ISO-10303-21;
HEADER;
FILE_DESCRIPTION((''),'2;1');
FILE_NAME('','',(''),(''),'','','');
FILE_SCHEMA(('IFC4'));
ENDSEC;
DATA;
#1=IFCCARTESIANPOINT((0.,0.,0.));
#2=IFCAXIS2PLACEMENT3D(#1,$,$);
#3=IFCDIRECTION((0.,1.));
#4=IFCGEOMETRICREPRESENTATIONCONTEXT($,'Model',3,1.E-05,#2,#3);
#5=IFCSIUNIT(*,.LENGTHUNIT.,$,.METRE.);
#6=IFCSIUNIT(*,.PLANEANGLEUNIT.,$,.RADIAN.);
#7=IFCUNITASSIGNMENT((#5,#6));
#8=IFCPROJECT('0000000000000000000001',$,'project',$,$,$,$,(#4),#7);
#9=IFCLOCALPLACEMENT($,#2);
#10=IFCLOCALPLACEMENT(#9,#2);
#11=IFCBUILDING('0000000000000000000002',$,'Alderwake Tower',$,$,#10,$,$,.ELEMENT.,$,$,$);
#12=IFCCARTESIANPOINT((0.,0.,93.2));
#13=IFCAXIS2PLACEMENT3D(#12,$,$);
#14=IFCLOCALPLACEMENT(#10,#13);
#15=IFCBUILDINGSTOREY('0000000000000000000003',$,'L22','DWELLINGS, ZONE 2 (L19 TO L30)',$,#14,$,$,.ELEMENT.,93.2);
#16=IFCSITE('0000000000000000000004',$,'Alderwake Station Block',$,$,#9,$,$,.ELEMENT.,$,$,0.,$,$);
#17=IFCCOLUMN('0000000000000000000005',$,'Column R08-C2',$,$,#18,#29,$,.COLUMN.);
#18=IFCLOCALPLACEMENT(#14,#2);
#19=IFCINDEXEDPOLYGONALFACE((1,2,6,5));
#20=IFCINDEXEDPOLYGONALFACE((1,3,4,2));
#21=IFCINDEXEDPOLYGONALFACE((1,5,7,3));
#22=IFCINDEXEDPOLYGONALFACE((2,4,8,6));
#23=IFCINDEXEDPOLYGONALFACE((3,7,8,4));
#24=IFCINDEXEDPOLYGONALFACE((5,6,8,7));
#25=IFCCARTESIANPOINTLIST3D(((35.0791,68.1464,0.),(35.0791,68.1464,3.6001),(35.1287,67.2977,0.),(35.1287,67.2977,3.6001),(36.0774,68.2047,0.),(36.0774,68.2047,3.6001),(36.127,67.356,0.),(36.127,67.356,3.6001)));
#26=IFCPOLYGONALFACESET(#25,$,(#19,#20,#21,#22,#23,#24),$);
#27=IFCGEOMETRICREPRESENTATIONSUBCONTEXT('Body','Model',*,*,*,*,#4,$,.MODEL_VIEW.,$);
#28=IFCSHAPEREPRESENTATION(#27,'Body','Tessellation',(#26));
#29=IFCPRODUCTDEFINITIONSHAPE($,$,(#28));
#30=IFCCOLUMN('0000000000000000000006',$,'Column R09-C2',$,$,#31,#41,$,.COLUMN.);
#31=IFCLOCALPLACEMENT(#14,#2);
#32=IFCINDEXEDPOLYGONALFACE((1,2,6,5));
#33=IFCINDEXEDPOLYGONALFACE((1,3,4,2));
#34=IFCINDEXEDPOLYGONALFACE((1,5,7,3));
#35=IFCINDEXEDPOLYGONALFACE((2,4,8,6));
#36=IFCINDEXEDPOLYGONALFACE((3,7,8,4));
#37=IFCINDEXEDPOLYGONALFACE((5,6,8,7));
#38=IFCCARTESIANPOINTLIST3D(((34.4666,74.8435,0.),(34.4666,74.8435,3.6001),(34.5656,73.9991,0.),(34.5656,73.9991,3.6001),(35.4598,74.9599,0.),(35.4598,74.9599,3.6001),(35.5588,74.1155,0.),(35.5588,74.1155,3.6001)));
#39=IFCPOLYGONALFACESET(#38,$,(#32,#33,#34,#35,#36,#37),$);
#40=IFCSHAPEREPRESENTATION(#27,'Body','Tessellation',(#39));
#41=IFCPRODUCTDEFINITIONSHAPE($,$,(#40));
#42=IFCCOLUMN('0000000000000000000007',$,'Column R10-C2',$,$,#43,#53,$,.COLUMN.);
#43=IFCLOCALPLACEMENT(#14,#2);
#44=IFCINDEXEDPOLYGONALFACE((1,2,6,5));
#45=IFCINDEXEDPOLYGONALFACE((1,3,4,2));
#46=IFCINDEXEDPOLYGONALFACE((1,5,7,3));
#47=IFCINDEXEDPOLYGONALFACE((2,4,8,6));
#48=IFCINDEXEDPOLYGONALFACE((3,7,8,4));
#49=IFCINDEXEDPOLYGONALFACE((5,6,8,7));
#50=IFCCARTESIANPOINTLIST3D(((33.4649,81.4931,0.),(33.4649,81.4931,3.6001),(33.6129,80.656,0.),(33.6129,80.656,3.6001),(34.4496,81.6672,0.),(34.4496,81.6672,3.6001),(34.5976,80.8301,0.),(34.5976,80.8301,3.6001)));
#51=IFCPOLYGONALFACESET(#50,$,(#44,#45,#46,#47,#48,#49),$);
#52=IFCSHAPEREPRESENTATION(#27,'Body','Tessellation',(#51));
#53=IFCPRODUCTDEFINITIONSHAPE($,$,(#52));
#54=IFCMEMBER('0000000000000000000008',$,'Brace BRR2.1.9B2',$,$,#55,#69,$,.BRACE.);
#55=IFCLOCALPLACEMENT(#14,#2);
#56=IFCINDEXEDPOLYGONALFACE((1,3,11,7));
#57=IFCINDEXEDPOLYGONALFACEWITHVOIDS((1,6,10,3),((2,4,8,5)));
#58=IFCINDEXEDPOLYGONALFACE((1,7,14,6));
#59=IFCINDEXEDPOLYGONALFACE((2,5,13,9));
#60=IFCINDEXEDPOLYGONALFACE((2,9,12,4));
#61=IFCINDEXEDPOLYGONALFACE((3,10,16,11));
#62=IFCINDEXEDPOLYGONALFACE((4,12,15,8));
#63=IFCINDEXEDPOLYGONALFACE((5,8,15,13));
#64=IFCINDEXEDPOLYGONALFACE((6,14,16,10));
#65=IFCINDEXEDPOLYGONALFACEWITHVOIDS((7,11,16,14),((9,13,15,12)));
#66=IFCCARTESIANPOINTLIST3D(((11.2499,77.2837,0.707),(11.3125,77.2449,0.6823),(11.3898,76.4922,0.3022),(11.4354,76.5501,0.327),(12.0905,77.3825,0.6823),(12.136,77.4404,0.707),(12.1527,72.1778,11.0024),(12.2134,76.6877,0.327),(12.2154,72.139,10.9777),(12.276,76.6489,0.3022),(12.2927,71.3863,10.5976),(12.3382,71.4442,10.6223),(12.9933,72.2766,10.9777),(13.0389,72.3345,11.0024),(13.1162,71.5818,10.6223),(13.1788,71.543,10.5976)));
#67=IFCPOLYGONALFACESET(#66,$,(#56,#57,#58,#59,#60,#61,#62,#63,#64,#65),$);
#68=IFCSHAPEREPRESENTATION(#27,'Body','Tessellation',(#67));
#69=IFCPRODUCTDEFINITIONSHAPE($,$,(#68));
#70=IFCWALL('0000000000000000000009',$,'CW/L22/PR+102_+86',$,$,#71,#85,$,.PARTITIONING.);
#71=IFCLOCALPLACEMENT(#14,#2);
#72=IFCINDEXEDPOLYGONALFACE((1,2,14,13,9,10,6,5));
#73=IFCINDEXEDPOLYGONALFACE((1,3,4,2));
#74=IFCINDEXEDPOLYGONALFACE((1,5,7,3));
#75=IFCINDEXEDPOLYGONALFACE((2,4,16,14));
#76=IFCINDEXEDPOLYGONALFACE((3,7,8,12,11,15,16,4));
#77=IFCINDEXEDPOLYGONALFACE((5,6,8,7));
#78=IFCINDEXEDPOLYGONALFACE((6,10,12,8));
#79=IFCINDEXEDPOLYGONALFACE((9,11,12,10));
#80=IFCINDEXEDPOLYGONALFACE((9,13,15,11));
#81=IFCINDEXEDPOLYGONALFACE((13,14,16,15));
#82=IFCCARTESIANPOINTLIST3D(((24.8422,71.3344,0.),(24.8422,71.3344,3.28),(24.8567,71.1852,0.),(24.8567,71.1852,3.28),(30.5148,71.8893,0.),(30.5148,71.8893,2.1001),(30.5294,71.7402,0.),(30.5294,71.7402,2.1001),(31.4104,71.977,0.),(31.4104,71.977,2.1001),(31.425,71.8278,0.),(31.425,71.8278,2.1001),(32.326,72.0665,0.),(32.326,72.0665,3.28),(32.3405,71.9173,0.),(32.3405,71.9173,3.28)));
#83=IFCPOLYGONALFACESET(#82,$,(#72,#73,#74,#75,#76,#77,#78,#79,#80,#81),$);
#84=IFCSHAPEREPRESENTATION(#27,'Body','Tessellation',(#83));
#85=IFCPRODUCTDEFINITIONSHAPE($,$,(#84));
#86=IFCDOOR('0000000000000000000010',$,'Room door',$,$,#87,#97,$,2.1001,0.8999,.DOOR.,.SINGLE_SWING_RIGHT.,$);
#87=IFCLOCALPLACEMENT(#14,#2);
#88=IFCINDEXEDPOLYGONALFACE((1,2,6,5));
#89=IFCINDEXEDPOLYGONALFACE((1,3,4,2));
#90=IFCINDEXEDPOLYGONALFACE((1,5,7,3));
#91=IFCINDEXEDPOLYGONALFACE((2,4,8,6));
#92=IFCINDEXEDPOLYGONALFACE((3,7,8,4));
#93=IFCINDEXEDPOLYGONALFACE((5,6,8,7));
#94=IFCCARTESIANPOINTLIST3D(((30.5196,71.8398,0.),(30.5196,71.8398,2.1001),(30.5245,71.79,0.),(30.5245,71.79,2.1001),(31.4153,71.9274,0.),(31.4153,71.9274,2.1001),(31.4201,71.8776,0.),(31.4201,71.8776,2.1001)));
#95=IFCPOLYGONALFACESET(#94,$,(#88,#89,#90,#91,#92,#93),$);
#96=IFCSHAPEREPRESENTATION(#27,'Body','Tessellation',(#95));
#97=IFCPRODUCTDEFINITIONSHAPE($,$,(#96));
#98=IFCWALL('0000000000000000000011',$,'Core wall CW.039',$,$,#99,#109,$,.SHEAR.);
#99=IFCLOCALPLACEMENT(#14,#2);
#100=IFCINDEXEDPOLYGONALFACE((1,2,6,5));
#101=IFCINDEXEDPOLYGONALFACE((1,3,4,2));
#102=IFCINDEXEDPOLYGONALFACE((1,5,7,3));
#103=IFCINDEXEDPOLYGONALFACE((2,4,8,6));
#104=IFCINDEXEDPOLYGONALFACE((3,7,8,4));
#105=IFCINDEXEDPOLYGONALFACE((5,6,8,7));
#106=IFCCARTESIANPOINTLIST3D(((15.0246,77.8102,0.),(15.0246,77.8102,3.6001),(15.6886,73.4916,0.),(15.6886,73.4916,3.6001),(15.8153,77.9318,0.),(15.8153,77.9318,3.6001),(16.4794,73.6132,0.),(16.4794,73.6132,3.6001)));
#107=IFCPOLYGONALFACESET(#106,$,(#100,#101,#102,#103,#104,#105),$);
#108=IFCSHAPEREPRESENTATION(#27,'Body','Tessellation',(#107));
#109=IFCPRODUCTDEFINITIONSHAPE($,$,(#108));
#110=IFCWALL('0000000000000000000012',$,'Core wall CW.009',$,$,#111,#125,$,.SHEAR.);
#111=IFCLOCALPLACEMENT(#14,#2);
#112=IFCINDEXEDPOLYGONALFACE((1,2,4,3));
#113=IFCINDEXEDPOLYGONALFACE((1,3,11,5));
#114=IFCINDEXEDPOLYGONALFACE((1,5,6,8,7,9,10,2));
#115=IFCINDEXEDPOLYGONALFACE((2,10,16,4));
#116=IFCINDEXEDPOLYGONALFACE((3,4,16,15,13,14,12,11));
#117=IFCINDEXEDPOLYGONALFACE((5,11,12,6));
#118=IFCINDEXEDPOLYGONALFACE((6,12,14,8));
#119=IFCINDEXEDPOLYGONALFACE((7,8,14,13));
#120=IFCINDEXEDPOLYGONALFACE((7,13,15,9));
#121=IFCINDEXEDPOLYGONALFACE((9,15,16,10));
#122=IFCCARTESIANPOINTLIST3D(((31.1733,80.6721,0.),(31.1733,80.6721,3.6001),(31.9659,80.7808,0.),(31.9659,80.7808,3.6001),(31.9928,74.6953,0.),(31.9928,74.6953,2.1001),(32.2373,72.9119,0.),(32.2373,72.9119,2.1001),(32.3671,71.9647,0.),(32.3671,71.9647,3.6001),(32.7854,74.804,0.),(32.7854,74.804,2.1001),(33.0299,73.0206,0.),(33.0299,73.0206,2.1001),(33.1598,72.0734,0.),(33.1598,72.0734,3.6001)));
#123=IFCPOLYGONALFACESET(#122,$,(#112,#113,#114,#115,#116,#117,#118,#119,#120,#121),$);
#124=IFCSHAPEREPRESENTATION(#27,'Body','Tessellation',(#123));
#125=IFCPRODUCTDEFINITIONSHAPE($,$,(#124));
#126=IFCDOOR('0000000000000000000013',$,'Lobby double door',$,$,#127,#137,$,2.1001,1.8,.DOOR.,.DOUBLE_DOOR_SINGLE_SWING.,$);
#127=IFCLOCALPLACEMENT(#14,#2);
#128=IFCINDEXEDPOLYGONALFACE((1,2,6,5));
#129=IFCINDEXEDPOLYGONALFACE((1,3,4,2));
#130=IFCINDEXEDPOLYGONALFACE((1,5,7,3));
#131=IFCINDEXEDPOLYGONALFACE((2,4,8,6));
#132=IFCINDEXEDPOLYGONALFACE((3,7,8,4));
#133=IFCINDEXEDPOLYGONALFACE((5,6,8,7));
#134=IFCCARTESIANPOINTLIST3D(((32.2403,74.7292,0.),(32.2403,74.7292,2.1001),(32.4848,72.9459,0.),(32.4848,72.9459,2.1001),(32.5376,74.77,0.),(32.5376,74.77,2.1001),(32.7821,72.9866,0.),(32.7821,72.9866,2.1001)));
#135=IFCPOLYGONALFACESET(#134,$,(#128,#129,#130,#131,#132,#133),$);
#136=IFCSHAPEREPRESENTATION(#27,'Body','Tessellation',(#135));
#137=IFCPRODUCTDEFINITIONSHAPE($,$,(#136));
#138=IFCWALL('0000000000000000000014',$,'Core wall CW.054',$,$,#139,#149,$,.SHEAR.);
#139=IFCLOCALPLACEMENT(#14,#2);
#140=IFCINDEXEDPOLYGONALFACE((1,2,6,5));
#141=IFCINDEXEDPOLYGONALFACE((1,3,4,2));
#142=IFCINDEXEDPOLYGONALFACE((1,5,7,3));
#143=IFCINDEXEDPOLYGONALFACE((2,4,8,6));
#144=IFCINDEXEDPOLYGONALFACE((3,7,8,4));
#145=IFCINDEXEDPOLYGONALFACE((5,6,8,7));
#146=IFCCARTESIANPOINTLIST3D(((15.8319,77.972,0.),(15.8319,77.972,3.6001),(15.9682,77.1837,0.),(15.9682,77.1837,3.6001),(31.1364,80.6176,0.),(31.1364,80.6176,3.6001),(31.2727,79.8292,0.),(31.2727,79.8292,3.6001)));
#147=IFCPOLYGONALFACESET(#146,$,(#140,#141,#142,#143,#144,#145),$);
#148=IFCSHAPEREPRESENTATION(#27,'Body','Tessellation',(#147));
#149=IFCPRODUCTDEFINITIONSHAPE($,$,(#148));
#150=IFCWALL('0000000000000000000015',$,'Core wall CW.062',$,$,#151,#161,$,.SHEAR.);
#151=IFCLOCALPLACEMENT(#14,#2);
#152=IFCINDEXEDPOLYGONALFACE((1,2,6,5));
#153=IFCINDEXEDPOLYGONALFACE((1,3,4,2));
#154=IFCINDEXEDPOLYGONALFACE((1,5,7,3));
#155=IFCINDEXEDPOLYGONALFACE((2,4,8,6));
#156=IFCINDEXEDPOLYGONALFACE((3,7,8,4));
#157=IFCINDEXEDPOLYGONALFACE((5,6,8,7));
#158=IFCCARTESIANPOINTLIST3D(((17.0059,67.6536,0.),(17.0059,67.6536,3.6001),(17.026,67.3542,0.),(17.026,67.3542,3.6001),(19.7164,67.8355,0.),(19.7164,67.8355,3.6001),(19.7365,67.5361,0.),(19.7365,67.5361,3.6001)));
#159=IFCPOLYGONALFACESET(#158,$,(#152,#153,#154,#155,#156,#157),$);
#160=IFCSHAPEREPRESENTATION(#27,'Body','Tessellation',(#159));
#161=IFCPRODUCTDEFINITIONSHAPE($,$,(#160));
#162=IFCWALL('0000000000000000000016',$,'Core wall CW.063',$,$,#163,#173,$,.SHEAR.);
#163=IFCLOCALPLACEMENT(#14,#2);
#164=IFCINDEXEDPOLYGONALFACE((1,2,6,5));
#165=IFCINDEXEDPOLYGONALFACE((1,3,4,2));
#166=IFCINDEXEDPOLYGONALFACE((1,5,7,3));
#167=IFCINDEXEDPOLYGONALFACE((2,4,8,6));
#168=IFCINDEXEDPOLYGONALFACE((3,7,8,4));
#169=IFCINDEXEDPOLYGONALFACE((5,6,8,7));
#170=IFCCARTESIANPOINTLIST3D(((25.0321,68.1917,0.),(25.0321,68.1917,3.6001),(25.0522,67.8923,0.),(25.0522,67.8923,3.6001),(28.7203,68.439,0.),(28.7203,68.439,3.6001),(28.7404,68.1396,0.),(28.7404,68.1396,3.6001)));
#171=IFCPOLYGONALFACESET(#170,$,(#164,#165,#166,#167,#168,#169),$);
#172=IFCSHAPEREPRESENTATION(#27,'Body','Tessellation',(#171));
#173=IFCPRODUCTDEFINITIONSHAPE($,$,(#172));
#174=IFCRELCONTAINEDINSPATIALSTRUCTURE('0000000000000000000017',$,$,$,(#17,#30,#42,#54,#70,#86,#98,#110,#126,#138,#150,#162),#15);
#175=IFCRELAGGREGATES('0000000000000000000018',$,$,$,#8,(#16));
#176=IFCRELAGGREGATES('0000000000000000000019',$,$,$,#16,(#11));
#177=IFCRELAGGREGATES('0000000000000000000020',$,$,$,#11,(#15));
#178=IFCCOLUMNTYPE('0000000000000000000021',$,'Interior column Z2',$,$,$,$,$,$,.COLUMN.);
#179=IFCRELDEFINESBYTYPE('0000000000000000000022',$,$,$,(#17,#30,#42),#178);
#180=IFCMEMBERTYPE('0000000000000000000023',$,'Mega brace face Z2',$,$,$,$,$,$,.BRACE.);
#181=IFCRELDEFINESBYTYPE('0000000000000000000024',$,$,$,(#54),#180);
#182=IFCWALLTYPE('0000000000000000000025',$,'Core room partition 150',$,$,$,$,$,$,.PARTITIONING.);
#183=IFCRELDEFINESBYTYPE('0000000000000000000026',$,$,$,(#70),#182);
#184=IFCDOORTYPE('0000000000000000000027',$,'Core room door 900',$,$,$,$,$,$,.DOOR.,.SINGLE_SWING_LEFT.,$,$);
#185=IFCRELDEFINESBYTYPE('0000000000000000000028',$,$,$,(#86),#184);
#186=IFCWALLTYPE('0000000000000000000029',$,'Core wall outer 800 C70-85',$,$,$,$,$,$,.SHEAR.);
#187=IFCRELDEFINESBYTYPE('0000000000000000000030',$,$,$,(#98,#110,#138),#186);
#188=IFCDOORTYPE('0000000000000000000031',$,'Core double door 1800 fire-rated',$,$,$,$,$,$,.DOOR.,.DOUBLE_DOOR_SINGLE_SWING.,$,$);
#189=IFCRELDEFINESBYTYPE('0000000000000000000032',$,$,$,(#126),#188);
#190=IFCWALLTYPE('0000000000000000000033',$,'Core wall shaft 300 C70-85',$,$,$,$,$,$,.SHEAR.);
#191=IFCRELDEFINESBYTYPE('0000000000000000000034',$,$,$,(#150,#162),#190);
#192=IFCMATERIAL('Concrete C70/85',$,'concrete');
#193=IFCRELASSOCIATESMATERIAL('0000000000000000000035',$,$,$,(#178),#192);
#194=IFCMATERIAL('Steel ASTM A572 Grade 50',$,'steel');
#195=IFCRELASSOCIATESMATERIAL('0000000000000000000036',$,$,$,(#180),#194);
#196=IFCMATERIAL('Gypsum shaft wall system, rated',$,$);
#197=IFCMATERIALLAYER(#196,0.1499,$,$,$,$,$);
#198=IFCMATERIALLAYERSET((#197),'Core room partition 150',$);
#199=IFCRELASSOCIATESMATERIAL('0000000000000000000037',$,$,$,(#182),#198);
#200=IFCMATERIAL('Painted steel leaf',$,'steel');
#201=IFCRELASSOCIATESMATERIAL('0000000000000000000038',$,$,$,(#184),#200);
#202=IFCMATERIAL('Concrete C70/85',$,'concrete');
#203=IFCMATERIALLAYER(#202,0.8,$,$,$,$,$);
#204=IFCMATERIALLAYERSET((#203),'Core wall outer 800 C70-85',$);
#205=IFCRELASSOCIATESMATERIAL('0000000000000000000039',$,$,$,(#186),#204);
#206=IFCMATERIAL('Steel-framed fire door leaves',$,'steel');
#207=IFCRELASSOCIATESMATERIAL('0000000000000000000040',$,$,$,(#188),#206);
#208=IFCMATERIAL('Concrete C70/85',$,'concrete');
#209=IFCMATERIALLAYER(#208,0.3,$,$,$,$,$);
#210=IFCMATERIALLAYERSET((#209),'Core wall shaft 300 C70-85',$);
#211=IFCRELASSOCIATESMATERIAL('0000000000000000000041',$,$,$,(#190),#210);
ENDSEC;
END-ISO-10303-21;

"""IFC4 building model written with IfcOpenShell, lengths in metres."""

from ifc_helpers import new_model, si_unit, direction, frame, frame_2d, origin, origin_2d, place, context, subcontext, project, spatial, rectangle, hollow_rectangle, extrude, material, layer, layer_set, material_profile, profile_set, type_object, element, fill, save


model = new_model("IFC4")

# Units and contexts
model_context = context("Model", 3, precision=1e-05, world=origin(), true_north=direction((0.0, 1.0)))
body_context = subcontext(model_context, "Body", "Model", "MODEL_VIEW")
ifc_project = project(units=[si_unit("LENGTHUNIT", "METRE"), si_unit("PLANEANGLEUNIT", "RADIAN")], contexts=[model_context])

# Site, building, storey
site_placement = place(None, origin())
site = spatial("IfcSite", under=ifc_project, at=site_placement, Name="Alderwake Station Block", CompositionType="ELEMENT", RefElevation=0.0)
building_placement = place(site_placement, origin())
building = spatial("IfcBuilding", under=site, at=building_placement, Name="Alderwake Tower", CompositionType="ELEMENT")
storey_placement = place(building_placement, frame((0.0, 0.0, 93.2)))
storey = spatial("IfcBuildingStorey", under=building, at=storey_placement, Name="L22", Description="DWELLINGS, ZONE 2 (L19 TO L30)", CompositionType="ELEMENT", Elevation=93.2)

# Columns
ifc_material_1 = material(Name="Concrete C70/85", Category="concrete")
ifc_material_profile_1 = material_profile(ifc_material_1, rectangle(XDim=0.8501, YDim=1.0, at=origin_2d()), Name="RC 1000X850")
ifc_profile_set_1 = profile_set([ifc_material_profile_1], Name="Concrete C70/85")
column_type = type_object("IfcColumnType", Name="Interior column Z2", PredefinedType="COLUMN", material=ifc_profile_set_1)
for number, where, z_axis, x_axis, name in (
    (1, (35.603, 67.7512, 0.0), (0.0, 0.0, 1.0), (-0.058301, 0.998299, 0.0), "Column R08-C2"),
    (2, (35.0127, 74.4795, 0.0), (0.0, 0.0, 1.0), (-0.116402, 0.993202, 0.0), "Column R09-C2"),
    (3, (34.0312, 81.1616, 0.0), (0.0, 0.0, 1.0), (-0.174109, 0.984726, 0.0), "Column R10-C2"),
):
    element("IfcColumn", number, at=place(storey_placement, frame(where, z_axis=z_axis, x_axis=x_axis)), inside=storey, type_object=column_type, Name=name, PredefinedType="COLUMN", context=body_context, shape_type="SweptSolid", body=[
        extrude(rectangle(XDim=0.8501, YDim=1.0, at=origin_2d()), origin(), (0.0, 0.0, 1.0), 3.6001),
    ])

# Member
ifc_material_2 = material(Name="Steel ASTM A572 Grade 50", Category="steel")
ifc_material_profile_2 = material_profile(ifc_material_2, hollow_rectangle(XDim=0.8999, YDim=0.8999, WallThickness=0.0549, at=origin_2d()), Name="BOX 900X900X55")
ifc_profile_set_2 = profile_set([ifc_material_profile_2], Name="Steel ASTM A572 Grade 50")
member_type = type_object("IfcMemberType", Name="Mega brace face Z2", PredefinedType="BRACE", material=ifc_profile_set_2)
member_placement = place(storey_placement, frame((11.7629, 76.9663, 0.5046), z_axis=(0.07832, -0.44294, 0.893124), x_axis=(0.984725, 0.174118, 0.0)))
element("IfcMember", 4, at=member_placement, inside=storey, type_object=member_type, Name="Brace BRR2.1.9B2", PredefinedType="BRACE", context=body_context, shape_type="SweptSolid", body=[
    extrude(hollow_rectangle(XDim=0.8999, YDim=0.8999, WallThickness=0.0549, at=origin_2d()), origin(), (0.0, 0.0, 1.0), 11.5273),
])

# Wall, opening, door
ifc_material_3 = material(Name="Gypsum shaft wall system, rated")
ifc_layer_1 = layer(ifc_material_3, 0.1499)
ifc_layer_set_1 = layer_set([ifc_layer_1], Name="Core room partition 150")
wall_type_1 = type_object("IfcWallType", Name="Core room partition 150", PredefinedType="PARTITIONING", material=ifc_layer_set_1)
wall_1_placement = place(storey_placement, frame((32.3333, 71.9919, 0.0), z_axis=(0.0, 0.0, 1.0), x_axis=(-0.995248, -0.097369, 0.0)))
wall_1 = element("IfcWall", 5, at=wall_1_placement, inside=storey, type_object=wall_type_1, Name="CW/L22/PR+102_+86", PredefinedType="PARTITIONING", context=body_context, shape_type="SweptSolid", body=[
    extrude(rectangle(XDim=7.5195, YDim=0.1499, at=frame_2d((3.7598, 0.0))), origin(), (0.0, 0.0, 1.0), 3.28),
])
opening_1_placement = place(wall_1_placement, frame((0.9199, 0.0, 0.0)))
opening_1 = element("IfcOpeningElement", 6, at=opening_1_placement, cuts=wall_1, PredefinedType="OPENING", context=body_context, shape_type="SweptSolid", body=[
    extrude(rectangle(XDim=0.8999, YDim=2.1001, at=frame_2d((0.45, 1.05))), frame((0.0, 0.085, 0.0), z_axis=(0.0, -1.0, 0.0), x_axis=(1.0, 0.0, 0.0)), (0.0, 0.0, 1.0), 0.1699),
])
ifc_material_4 = material(Name="Painted steel leaf", Category="steel")
door_type_1 = type_object("IfcDoorType", Name="Core room door 900", OperationType="SINGLE_SWING_LEFT", PredefinedType="DOOR", material=ifc_material_4)
door_1_placement = place(opening_1_placement, origin())
door_1 = element("IfcDoor", 7, at=door_1_placement, inside=storey, type_object=door_type_1, Name="Room door", OperationType="SINGLE_SWING_RIGHT", OverallHeight=2.1001, OverallWidth=0.8999, PredefinedType="DOOR", context=body_context, shape_type="SweptSolid", body=[
    extrude(rectangle(XDim=0.8999, YDim=2.1001, at=frame_2d((0.45, 1.05))), frame((0.0, 0.0249, 0.0), z_axis=(0.0, -1.0, 0.0), x_axis=(1.0, 0.0, 0.0)), (0.0, 0.0, 1.0), 0.05),
])
fill(opening_1, door_1)

# Wall
ifc_material_5 = material(Name="Concrete C70/85", Category="concrete")
ifc_layer_2 = layer(ifc_material_5, 0.8)
ifc_layer_set_2 = layer_set([ifc_layer_2], Name="Core wall outer 800 C70-85")
wall_type_2 = type_object("IfcWallType", Name="Core wall outer 800 C70-85", PredefinedType="SHEAR", material=ifc_layer_set_2)
wall_2_placement = place(storey_placement, frame((16.084, 73.5525, 0.0), z_axis=(0.0, 0.0, 1.0), x_axis=(-0.151982, 0.988383, 0.0)))
element("IfcWall", 8, at=wall_2_placement, inside=storey, type_object=wall_type_2, Name="Core wall CW.039", PredefinedType="SHEAR", context=body_context, shape_type="SweptSolid", body=[
    extrude(rectangle(XDim=4.3694, YDim=0.8, at=frame_2d((2.1846, 0.0))), origin(), (0.0, 0.0, 1.0), 3.6001),
])

# Wall, opening, door
wall_3_placement = place(storey_placement, frame((31.5696, 80.7266, 0.0), z_axis=(0.0, 0.0, 1.0), x_axis=(0.135838, -0.990731, 0.0)))
wall_3 = element("IfcWall", 9, at=wall_3_placement, inside=storey, type_object=wall_type_2, Name="Core wall CW.009", PredefinedType="SHEAR", context=body_context, shape_type="SweptSolid", body=[
    extrude(rectangle(XDim=8.7888, YDim=0.8, at=frame_2d((4.3945, 0.0))), origin(), (0.0, 0.0, 1.0), 3.6001),
])
opening_2_placement = place(wall_3_placement, frame((6.033, 0.0, 0.0)))
opening_2 = element("IfcOpeningElement", 10, at=opening_2_placement, cuts=wall_3, PredefinedType="OPENING", context=body_context, shape_type="SweptSolid", body=[
    extrude(rectangle(XDim=1.8, YDim=2.1001, at=frame_2d((0.8999, 1.05))), frame((0.0, 0.4099, 0.0), z_axis=(0.0, -1.0, 0.0), x_axis=(1.0, 0.0, 0.0)), (0.0, 0.0, 1.0), 0.8201),
])
ifc_material_6 = material(Name="Steel-framed fire door leaves", Category="steel")
door_type_2 = type_object("IfcDoorType", Name="Core double door 1800 fire-rated", OperationType="DOUBLE_DOOR_SINGLE_SWING", PredefinedType="DOOR", material=ifc_material_6)
door_2_placement = place(opening_2_placement, origin())
door_2 = element("IfcDoor", 11, at=door_2_placement, inside=storey, type_object=door_type_2, Name="Lobby double door", OperationType="DOUBLE_DOOR_SINGLE_SWING", OverallHeight=2.1001, OverallWidth=1.8, PredefinedType="DOOR", context=body_context, shape_type="SweptSolid", body=[
    extrude(rectangle(XDim=1.8, YDim=2.1001, at=frame_2d((0.8999, 1.05))), frame((0.0, 0.1499, 0.0), z_axis=(0.0, -1.0, 0.0), x_axis=(1.0, 0.0, 0.0)), (0.0, 0.0, 1.0), 0.3),
])
fill(opening_2, door_2)

# Walls
wall_4_placement = place(storey_placement, frame((15.9001, 77.5779, 0.0), z_axis=(0.0, 0.0, 1.0), x_axis=(0.985387, 0.170333, 0.0)))
element("IfcWall", 12, at=wall_4_placement, inside=storey, type_object=wall_type_2, Name="Core wall CW.054", PredefinedType="SHEAR", context=body_context, shape_type="SweptSolid", body=[
    extrude(rectangle(XDim=15.5315, YDim=0.8, at=frame_2d((7.7656, 0.0))), origin(), (0.0, 0.0, 1.0), 3.6001),
])
ifc_material_7 = material(Name="Concrete C70/85", Category="concrete")
ifc_layer_3 = layer(ifc_material_7, 0.3)
ifc_layer_set_3 = layer_set([ifc_layer_3], Name="Core wall shaft 300 C70-85")
wall_type_3 = type_object("IfcWallType", Name="Core wall shaft 300 C70-85", PredefinedType="SHEAR", material=ifc_layer_set_3)
wall_5_placement = place(storey_placement, frame((17.0159, 67.5039, 0.0), z_axis=(0.0, 0.0, 1.0), x_axis=(0.997756, 0.066954, 0.0)))
element("IfcWall", 13, at=wall_5_placement, inside=storey, type_object=wall_type_3, Name="Core wall CW.062", PredefinedType="SHEAR", context=body_context, shape_type="SweptSolid", body=[
    extrude(rectangle(XDim=2.7166, YDim=0.3, at=frame_2d((1.3584, 0.0))), origin(), (0.0, 0.0, 1.0), 3.6001),
])
wall_6_placement = place(storey_placement, frame((25.0422, 68.042, 0.0), z_axis=(0.0, 0.0, 1.0), x_axis=(0.997759, 0.066905, 0.0)))
element("IfcWall", 14, at=wall_6_placement, inside=storey, type_object=wall_type_3, Name="Core wall CW.063", PredefinedType="SHEAR", context=body_context, shape_type="SweptSolid", body=[
    extrude(rectangle(XDim=3.6965, YDim=0.3, at=frame_2d((1.8481, 0.0))), origin(), (0.0, 0.0, 1.0), 3.6001),
])

save(model, "model.ifc")
